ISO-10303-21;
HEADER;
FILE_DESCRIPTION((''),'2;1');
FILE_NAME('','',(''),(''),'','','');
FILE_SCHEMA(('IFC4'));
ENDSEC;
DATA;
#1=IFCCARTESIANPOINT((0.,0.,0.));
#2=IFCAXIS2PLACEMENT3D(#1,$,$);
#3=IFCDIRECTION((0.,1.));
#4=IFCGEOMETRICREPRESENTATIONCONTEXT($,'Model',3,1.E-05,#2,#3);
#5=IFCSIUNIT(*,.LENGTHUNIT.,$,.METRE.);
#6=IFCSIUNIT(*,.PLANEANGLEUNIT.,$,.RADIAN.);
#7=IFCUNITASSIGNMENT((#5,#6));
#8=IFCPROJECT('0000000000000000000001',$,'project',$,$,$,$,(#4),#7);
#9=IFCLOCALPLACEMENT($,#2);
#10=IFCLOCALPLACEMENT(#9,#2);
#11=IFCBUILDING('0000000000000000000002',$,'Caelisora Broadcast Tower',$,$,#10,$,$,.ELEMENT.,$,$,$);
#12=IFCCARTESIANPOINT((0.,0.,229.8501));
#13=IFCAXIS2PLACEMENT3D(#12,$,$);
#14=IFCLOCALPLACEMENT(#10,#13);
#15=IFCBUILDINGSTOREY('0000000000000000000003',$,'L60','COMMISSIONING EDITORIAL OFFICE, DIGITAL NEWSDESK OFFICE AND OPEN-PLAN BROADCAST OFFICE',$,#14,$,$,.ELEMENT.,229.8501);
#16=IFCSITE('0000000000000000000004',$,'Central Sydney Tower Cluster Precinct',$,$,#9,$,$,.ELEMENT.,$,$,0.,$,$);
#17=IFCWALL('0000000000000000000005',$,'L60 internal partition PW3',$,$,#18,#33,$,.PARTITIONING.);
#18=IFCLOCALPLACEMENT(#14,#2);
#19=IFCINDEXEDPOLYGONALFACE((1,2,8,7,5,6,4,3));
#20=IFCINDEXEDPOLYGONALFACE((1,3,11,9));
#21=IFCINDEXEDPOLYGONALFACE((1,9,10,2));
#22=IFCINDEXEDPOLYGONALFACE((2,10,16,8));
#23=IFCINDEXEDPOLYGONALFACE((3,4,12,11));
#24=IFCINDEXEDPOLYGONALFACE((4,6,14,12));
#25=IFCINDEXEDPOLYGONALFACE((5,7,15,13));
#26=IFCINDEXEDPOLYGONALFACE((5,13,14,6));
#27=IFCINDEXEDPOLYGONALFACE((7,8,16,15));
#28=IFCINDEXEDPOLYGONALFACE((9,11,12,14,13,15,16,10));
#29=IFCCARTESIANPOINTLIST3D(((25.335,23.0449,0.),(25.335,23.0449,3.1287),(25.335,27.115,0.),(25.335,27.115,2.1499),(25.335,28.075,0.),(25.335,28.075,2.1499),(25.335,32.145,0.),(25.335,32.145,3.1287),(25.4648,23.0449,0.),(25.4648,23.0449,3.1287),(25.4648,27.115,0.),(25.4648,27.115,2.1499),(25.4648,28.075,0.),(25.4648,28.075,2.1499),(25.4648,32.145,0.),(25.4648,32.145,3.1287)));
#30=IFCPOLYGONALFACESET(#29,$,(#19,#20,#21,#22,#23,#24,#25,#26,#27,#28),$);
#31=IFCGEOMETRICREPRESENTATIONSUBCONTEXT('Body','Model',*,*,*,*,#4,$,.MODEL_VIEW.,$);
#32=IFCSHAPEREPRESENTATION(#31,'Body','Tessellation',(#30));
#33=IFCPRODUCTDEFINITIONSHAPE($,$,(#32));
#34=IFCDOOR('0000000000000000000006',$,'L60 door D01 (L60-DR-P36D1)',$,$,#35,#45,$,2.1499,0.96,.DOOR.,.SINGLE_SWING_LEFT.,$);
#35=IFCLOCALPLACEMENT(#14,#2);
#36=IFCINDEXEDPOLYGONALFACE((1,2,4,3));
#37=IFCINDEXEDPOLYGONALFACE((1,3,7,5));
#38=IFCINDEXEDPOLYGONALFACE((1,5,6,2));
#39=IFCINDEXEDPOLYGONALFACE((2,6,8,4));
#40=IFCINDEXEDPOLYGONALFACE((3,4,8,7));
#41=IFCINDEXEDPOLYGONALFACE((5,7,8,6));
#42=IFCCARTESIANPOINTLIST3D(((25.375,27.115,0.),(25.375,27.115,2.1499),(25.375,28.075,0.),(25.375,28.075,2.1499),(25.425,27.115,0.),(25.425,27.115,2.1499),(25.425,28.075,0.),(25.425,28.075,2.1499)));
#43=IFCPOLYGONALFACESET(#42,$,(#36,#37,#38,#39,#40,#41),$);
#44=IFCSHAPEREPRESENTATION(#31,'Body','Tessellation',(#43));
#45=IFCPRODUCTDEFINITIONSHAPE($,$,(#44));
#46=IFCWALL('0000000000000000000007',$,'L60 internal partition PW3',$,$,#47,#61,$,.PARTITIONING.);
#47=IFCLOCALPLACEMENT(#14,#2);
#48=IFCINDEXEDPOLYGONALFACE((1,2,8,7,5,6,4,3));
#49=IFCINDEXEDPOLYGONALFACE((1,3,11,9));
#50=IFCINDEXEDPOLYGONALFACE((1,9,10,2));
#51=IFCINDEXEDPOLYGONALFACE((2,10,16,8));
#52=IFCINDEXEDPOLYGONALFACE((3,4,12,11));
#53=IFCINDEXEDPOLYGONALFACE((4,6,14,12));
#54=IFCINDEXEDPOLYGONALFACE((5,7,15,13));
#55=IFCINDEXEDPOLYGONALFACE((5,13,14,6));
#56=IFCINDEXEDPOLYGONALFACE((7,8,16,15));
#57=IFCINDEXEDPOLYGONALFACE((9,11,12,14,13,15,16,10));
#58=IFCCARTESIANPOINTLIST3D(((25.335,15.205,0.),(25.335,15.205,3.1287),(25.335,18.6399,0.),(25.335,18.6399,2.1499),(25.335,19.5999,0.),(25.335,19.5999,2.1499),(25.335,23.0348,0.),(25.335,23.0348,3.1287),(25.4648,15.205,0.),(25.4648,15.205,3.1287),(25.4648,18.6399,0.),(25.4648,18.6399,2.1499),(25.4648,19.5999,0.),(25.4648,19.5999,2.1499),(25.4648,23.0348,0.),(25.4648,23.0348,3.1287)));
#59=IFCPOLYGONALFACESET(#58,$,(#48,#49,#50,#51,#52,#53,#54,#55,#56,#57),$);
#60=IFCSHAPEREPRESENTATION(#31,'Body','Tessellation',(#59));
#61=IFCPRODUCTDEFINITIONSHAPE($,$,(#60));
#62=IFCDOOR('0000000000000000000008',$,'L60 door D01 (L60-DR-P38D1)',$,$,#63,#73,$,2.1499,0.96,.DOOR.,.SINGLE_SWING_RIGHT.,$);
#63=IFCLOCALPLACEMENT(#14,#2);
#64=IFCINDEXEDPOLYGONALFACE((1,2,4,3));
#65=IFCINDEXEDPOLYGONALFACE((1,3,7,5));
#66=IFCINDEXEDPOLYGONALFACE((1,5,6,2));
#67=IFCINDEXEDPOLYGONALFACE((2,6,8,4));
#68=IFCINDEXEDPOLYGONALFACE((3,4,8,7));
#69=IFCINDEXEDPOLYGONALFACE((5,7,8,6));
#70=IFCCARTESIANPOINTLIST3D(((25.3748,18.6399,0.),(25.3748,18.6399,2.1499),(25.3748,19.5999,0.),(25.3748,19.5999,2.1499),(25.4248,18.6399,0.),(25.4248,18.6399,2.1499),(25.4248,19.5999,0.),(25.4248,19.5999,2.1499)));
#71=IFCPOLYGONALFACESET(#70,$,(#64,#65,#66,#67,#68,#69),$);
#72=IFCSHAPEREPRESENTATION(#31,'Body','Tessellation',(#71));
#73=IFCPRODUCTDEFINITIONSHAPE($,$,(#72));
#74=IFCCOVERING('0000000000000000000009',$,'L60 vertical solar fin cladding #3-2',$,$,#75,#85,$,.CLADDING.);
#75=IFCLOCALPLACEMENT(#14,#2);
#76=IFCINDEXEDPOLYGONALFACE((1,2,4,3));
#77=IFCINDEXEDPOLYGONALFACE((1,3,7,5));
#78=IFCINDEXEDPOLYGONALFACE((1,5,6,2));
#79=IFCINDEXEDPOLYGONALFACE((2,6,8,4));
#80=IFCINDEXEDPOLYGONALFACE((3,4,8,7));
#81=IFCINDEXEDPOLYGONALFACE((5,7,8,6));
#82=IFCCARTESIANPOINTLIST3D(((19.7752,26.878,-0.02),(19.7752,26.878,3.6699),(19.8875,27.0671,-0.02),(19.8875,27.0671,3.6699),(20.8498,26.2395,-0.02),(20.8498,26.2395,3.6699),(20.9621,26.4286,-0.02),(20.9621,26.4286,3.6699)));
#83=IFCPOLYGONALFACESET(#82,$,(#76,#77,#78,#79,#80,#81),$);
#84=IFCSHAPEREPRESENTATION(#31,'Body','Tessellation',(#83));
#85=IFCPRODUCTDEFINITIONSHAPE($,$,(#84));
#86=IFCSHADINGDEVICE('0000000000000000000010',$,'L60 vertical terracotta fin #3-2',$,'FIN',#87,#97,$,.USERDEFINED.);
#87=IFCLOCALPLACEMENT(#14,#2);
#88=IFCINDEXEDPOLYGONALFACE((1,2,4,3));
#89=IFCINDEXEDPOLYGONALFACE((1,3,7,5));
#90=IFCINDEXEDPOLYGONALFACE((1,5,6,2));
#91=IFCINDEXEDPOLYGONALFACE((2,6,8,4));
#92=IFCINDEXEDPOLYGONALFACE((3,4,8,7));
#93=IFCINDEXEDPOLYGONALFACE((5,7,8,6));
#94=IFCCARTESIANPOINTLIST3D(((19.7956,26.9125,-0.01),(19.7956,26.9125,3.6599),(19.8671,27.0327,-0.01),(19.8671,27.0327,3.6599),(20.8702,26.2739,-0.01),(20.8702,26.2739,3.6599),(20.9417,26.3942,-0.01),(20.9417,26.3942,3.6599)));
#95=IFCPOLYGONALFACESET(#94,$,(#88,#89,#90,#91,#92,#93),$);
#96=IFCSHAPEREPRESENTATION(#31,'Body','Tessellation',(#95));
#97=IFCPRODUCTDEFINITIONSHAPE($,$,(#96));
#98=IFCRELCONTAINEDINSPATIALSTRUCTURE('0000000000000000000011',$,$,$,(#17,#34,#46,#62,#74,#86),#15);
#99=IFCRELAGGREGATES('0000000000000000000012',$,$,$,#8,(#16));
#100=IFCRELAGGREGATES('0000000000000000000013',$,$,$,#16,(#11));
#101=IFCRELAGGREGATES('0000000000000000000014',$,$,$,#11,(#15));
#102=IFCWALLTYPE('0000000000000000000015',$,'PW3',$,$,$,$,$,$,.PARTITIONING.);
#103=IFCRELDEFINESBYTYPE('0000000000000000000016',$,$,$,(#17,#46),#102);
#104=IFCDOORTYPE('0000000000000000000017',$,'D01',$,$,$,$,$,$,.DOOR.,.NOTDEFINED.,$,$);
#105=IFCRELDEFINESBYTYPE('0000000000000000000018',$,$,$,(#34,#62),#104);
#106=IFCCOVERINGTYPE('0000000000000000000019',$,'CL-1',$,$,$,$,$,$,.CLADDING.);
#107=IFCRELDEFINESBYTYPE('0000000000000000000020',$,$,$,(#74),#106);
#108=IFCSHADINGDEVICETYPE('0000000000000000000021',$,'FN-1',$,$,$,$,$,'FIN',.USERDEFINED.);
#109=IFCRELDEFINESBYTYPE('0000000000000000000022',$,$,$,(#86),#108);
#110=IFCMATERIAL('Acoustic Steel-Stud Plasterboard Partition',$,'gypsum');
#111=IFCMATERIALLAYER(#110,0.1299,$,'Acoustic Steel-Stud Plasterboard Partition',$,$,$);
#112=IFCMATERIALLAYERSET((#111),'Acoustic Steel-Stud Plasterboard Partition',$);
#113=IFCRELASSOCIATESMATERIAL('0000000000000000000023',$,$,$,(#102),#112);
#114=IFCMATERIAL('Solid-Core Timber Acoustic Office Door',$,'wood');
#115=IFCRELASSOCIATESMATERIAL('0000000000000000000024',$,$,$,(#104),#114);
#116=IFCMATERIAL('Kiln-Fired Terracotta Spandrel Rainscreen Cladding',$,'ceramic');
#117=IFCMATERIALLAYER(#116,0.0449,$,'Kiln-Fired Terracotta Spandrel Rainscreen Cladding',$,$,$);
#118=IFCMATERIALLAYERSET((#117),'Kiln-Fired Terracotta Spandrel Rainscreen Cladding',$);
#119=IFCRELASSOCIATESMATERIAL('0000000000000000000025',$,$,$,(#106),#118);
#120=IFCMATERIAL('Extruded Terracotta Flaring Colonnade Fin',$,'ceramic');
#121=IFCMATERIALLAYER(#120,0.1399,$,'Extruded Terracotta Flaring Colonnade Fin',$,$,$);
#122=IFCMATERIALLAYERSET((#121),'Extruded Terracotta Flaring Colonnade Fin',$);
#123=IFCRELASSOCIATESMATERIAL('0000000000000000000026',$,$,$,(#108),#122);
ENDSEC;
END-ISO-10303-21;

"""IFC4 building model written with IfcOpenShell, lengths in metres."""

from ifc_helpers import new_model, si_unit, direction, frame, frame_2d, origin, origin_2d, place, context, subcontext, project, spatial, rectangle, extrude, source, transform, mapped, material, layer, layer_set, type_object, type_shapes, element, fill, save


model = new_model("IFC4")

# Units and contexts
model_context = context("Model", 3, precision=1e-05, world=origin(), true_north=direction((0.0, 1.0)))
body_context = subcontext(model_context, "Body", "Model", "MODEL_VIEW")
ifc_project = project(units=[si_unit("LENGTHUNIT", "METRE"), si_unit("PLANEANGLEUNIT", "RADIAN")], contexts=[model_context])

# Site, building, storey
site_placement = place(None, origin())
site = spatial("IfcSite", under=ifc_project, at=site_placement, Name="Central Sydney Tower Cluster Precinct", CompositionType="ELEMENT", RefElevation=0.0)
building_placement = place(site_placement, origin())
building = spatial("IfcBuilding", under=site, at=building_placement, Name="Caelisora Broadcast Tower", CompositionType="ELEMENT")
storey_placement = place(building_placement, frame((0.0, 0.0, 229.8501)))
storey = spatial("IfcBuildingStorey", under=building, at=storey_placement, Name="L60", Description="COMMISSIONING EDITORIAL OFFICE, DIGITAL NEWSDESK OFFICE AND OPEN-PLAN BROADCAST OFFICE", CompositionType="ELEMENT", Elevation=229.8501)

# Walls, openings, doors
ifc_material_1 = material(Name="Acoustic Steel-Stud Plasterboard Partition", Category="gypsum")
ifc_layer_1 = layer(ifc_material_1, 0.1299, Name="Acoustic Steel-Stud Plasterboard Partition")
ifc_layer_set_1 = layer_set([ifc_layer_1], Name="Acoustic Steel-Stud Plasterboard Partition")
wall_type_1 = type_object("IfcWallType", Name="PW3", PredefinedType="PARTITIONING", material=ifc_layer_set_1)
wall_1_placement = place(storey_placement, frame((25.3999, 23.0449, 0.0), z_axis=(0.0, 0.0, 1.0), x_axis=(0.0, 1.0, 0.0)))
wall_1 = element("IfcWall", 1, at=wall_1_placement, inside=storey, type_object=wall_type_1, Name="L60 internal partition PW3", PredefinedType="PARTITIONING", context=body_context, shape_type="SweptSolid", body=[
    extrude(rectangle(XDim=9.1001, YDim=0.1299, at=frame_2d((4.55, 0.0))), origin(), (0.0, 0.0, 1.0), 3.1287),
])
opening_1_placement = place(wall_1_placement, frame((4.0701, 0.0, 0.0)))
opening_1 = element("IfcOpeningElement", 2, at=opening_1_placement, cuts=wall_1, PredefinedType="OPENING", context=body_context, shape_type="SweptSolid", body=[
    extrude(rectangle(XDim=0.96, YDim=2.1499, at=frame_2d((0.48, 1.075))), frame((0.0, 0.0769, 0.0), z_axis=(0.0, -1.0, 0.0), x_axis=(1.0, 0.0, 0.0)), (0.0, 0.0, 1.0), 0.1538),
])
ifc_material_2 = material(Name="Solid-Core Timber Acoustic Office Door", Category="wood")
door_type_1 = type_object("IfcDoorType", Name="D01", OperationType="NOTDEFINED", PredefinedType="DOOR", material=ifc_material_2)
door_1_placement = place(opening_1_placement, origin())
door_1 = element("IfcDoor", 3, at=door_1_placement, inside=storey, type_object=door_type_1, Name="L60 door D01 (L60-DR-P36D1)", OperationType="SINGLE_SWING_LEFT", OverallHeight=2.1499, OverallWidth=0.96, PredefinedType="DOOR", context=body_context, shape_type="SweptSolid", body=[
    extrude(rectangle(XDim=0.96, YDim=2.1499, at=frame_2d((0.48, 1.075))), frame((0.0, 0.0249, 0.0), z_axis=(0.0, -1.0, 0.0), x_axis=(1.0, 0.0, 0.0)), (0.0, 0.0, 1.0), 0.05),
])
fill(opening_1, door_1)
wall_2_placement = place(storey_placement, frame((25.3999, 23.0349, 0.0), z_axis=(0.0, 0.0, 1.0), x_axis=(0.0, -1.0, 0.0)))
wall_2 = element("IfcWall", 4, at=wall_2_placement, inside=storey, type_object=wall_type_1, Name="L60 internal partition PW3", PredefinedType="PARTITIONING", context=body_context, shape_type="SweptSolid", body=[
    extrude(rectangle(XDim=7.8298, YDim=0.1299, at=frame_2d((3.915, 0.0))), origin(), (0.0, 0.0, 1.0), 3.1287),
])
opening_2_placement = place(wall_2_placement, frame((3.4351, 0.0, 0.0)))
opening_2 = element("IfcOpeningElement", 5, at=opening_2_placement, cuts=wall_2, PredefinedType="OPENING", context=body_context, shape_type="SweptSolid", body=[
    extrude(rectangle(XDim=0.96, YDim=2.1499, at=frame_2d((0.48, 1.075))), frame((0.0, 0.0769, 0.0), z_axis=(0.0, -1.0, 0.0), x_axis=(1.0, 0.0, 0.0)), (0.0, 0.0, 1.0), 0.1538),
])
door_2_placement = place(opening_2_placement, origin())
door_2 = element("IfcDoor", 6, at=door_2_placement, inside=storey, type_object=door_type_1, Name="L60 door D01 (L60-DR-P38D1)", OperationType="SINGLE_SWING_RIGHT", OverallHeight=2.1499, OverallWidth=0.96, PredefinedType="DOOR", context=body_context, shape_type="SweptSolid", body=[
    extrude(rectangle(XDim=0.96, YDim=2.1499, at=frame_2d((0.48, 1.075))), frame((0.0, 0.0249, 0.0), z_axis=(0.0, -1.0, 0.0), x_axis=(1.0, 0.0, 0.0)), (0.0, 0.0, 1.0), 0.05),
])
fill(opening_2, door_2)

# Covering
ifc_material_3 = material(Name="Kiln-Fired Terracotta Spandrel Rainscreen Cladding", Category="ceramic")
ifc_layer_2 = layer(ifc_material_3, 0.0449, Name="Kiln-Fired Terracotta Spandrel Rainscreen Cladding")
ifc_layer_set_2 = layer_set([ifc_layer_2], Name="Kiln-Fired Terracotta Spandrel Rainscreen Cladding")
covering_type = type_object("IfcCoveringType", Name="CL-1", PredefinedType="CLADDING", material=ifc_layer_set_2)
shared_shape_1 = source(origin(), body_context, "Body", "SweptSolid", [
    extrude(rectangle(XDim=0.22, YDim=1.25, at=origin_2d()), origin(), (0.0, 0.0, 1.0), 3.6899),
])
type_shapes(covering_type, [shared_shape_1])
covering_placement = place(storey_placement, frame((20.3687, 26.6533, -0.02), z_axis=(0.0, 0.0, 1.0), x_axis=(0.510843, 0.859674, 0.0)))
element("IfcCovering", 7, at=covering_placement, inside=storey, type_object=covering_type, Name="L60 vertical solar fin cladding #3-2", PredefinedType="CLADDING", context=body_context, shape_type="MappedRepresentation", body=[
    mapped(shared_shape_1, transform((0.0, 0.0, 0.0), scale=1.0)),
])

# Shading device
ifc_material_4 = material(Name="Extruded Terracotta Flaring Colonnade Fin", Category="ceramic")
ifc_layer_3 = layer(ifc_material_4, 0.1399, Name="Extruded Terracotta Flaring Colonnade Fin")
ifc_layer_set_3 = layer_set([ifc_layer_3], Name="Extruded Terracotta Flaring Colonnade Fin")
shading_device_type = type_object("IfcShadingDeviceType", Name="FN-1", ElementType="FIN", PredefinedType="USERDEFINED", material=ifc_layer_set_3)
shared_shape_2 = source(origin(), body_context, "Body", "SweptSolid", [
    extrude(rectangle(XDim=0.1399, YDim=1.25, at=origin_2d()), origin(), (0.0, 0.0, 1.0), 3.6699),
])
type_shapes(shading_device_type, [shared_shape_2])
shading_device_placement = place(storey_placement, frame((20.3687, 26.6533, -0.01), z_axis=(0.0, 0.0, 1.0), x_axis=(0.510843, 0.859674, 0.0)))
element("IfcShadingDevice", 8, at=shading_device_placement, inside=storey, type_object=shading_device_type, Name="L60 vertical terracotta fin #3-2", ObjectType="FIN", PredefinedType="USERDEFINED", context=body_context, shape_type="MappedRepresentation", body=[
    mapped(shared_shape_2, transform((0.0, 0.0, 0.0), scale=1.0)),
])

save(model, "model.ifc")
